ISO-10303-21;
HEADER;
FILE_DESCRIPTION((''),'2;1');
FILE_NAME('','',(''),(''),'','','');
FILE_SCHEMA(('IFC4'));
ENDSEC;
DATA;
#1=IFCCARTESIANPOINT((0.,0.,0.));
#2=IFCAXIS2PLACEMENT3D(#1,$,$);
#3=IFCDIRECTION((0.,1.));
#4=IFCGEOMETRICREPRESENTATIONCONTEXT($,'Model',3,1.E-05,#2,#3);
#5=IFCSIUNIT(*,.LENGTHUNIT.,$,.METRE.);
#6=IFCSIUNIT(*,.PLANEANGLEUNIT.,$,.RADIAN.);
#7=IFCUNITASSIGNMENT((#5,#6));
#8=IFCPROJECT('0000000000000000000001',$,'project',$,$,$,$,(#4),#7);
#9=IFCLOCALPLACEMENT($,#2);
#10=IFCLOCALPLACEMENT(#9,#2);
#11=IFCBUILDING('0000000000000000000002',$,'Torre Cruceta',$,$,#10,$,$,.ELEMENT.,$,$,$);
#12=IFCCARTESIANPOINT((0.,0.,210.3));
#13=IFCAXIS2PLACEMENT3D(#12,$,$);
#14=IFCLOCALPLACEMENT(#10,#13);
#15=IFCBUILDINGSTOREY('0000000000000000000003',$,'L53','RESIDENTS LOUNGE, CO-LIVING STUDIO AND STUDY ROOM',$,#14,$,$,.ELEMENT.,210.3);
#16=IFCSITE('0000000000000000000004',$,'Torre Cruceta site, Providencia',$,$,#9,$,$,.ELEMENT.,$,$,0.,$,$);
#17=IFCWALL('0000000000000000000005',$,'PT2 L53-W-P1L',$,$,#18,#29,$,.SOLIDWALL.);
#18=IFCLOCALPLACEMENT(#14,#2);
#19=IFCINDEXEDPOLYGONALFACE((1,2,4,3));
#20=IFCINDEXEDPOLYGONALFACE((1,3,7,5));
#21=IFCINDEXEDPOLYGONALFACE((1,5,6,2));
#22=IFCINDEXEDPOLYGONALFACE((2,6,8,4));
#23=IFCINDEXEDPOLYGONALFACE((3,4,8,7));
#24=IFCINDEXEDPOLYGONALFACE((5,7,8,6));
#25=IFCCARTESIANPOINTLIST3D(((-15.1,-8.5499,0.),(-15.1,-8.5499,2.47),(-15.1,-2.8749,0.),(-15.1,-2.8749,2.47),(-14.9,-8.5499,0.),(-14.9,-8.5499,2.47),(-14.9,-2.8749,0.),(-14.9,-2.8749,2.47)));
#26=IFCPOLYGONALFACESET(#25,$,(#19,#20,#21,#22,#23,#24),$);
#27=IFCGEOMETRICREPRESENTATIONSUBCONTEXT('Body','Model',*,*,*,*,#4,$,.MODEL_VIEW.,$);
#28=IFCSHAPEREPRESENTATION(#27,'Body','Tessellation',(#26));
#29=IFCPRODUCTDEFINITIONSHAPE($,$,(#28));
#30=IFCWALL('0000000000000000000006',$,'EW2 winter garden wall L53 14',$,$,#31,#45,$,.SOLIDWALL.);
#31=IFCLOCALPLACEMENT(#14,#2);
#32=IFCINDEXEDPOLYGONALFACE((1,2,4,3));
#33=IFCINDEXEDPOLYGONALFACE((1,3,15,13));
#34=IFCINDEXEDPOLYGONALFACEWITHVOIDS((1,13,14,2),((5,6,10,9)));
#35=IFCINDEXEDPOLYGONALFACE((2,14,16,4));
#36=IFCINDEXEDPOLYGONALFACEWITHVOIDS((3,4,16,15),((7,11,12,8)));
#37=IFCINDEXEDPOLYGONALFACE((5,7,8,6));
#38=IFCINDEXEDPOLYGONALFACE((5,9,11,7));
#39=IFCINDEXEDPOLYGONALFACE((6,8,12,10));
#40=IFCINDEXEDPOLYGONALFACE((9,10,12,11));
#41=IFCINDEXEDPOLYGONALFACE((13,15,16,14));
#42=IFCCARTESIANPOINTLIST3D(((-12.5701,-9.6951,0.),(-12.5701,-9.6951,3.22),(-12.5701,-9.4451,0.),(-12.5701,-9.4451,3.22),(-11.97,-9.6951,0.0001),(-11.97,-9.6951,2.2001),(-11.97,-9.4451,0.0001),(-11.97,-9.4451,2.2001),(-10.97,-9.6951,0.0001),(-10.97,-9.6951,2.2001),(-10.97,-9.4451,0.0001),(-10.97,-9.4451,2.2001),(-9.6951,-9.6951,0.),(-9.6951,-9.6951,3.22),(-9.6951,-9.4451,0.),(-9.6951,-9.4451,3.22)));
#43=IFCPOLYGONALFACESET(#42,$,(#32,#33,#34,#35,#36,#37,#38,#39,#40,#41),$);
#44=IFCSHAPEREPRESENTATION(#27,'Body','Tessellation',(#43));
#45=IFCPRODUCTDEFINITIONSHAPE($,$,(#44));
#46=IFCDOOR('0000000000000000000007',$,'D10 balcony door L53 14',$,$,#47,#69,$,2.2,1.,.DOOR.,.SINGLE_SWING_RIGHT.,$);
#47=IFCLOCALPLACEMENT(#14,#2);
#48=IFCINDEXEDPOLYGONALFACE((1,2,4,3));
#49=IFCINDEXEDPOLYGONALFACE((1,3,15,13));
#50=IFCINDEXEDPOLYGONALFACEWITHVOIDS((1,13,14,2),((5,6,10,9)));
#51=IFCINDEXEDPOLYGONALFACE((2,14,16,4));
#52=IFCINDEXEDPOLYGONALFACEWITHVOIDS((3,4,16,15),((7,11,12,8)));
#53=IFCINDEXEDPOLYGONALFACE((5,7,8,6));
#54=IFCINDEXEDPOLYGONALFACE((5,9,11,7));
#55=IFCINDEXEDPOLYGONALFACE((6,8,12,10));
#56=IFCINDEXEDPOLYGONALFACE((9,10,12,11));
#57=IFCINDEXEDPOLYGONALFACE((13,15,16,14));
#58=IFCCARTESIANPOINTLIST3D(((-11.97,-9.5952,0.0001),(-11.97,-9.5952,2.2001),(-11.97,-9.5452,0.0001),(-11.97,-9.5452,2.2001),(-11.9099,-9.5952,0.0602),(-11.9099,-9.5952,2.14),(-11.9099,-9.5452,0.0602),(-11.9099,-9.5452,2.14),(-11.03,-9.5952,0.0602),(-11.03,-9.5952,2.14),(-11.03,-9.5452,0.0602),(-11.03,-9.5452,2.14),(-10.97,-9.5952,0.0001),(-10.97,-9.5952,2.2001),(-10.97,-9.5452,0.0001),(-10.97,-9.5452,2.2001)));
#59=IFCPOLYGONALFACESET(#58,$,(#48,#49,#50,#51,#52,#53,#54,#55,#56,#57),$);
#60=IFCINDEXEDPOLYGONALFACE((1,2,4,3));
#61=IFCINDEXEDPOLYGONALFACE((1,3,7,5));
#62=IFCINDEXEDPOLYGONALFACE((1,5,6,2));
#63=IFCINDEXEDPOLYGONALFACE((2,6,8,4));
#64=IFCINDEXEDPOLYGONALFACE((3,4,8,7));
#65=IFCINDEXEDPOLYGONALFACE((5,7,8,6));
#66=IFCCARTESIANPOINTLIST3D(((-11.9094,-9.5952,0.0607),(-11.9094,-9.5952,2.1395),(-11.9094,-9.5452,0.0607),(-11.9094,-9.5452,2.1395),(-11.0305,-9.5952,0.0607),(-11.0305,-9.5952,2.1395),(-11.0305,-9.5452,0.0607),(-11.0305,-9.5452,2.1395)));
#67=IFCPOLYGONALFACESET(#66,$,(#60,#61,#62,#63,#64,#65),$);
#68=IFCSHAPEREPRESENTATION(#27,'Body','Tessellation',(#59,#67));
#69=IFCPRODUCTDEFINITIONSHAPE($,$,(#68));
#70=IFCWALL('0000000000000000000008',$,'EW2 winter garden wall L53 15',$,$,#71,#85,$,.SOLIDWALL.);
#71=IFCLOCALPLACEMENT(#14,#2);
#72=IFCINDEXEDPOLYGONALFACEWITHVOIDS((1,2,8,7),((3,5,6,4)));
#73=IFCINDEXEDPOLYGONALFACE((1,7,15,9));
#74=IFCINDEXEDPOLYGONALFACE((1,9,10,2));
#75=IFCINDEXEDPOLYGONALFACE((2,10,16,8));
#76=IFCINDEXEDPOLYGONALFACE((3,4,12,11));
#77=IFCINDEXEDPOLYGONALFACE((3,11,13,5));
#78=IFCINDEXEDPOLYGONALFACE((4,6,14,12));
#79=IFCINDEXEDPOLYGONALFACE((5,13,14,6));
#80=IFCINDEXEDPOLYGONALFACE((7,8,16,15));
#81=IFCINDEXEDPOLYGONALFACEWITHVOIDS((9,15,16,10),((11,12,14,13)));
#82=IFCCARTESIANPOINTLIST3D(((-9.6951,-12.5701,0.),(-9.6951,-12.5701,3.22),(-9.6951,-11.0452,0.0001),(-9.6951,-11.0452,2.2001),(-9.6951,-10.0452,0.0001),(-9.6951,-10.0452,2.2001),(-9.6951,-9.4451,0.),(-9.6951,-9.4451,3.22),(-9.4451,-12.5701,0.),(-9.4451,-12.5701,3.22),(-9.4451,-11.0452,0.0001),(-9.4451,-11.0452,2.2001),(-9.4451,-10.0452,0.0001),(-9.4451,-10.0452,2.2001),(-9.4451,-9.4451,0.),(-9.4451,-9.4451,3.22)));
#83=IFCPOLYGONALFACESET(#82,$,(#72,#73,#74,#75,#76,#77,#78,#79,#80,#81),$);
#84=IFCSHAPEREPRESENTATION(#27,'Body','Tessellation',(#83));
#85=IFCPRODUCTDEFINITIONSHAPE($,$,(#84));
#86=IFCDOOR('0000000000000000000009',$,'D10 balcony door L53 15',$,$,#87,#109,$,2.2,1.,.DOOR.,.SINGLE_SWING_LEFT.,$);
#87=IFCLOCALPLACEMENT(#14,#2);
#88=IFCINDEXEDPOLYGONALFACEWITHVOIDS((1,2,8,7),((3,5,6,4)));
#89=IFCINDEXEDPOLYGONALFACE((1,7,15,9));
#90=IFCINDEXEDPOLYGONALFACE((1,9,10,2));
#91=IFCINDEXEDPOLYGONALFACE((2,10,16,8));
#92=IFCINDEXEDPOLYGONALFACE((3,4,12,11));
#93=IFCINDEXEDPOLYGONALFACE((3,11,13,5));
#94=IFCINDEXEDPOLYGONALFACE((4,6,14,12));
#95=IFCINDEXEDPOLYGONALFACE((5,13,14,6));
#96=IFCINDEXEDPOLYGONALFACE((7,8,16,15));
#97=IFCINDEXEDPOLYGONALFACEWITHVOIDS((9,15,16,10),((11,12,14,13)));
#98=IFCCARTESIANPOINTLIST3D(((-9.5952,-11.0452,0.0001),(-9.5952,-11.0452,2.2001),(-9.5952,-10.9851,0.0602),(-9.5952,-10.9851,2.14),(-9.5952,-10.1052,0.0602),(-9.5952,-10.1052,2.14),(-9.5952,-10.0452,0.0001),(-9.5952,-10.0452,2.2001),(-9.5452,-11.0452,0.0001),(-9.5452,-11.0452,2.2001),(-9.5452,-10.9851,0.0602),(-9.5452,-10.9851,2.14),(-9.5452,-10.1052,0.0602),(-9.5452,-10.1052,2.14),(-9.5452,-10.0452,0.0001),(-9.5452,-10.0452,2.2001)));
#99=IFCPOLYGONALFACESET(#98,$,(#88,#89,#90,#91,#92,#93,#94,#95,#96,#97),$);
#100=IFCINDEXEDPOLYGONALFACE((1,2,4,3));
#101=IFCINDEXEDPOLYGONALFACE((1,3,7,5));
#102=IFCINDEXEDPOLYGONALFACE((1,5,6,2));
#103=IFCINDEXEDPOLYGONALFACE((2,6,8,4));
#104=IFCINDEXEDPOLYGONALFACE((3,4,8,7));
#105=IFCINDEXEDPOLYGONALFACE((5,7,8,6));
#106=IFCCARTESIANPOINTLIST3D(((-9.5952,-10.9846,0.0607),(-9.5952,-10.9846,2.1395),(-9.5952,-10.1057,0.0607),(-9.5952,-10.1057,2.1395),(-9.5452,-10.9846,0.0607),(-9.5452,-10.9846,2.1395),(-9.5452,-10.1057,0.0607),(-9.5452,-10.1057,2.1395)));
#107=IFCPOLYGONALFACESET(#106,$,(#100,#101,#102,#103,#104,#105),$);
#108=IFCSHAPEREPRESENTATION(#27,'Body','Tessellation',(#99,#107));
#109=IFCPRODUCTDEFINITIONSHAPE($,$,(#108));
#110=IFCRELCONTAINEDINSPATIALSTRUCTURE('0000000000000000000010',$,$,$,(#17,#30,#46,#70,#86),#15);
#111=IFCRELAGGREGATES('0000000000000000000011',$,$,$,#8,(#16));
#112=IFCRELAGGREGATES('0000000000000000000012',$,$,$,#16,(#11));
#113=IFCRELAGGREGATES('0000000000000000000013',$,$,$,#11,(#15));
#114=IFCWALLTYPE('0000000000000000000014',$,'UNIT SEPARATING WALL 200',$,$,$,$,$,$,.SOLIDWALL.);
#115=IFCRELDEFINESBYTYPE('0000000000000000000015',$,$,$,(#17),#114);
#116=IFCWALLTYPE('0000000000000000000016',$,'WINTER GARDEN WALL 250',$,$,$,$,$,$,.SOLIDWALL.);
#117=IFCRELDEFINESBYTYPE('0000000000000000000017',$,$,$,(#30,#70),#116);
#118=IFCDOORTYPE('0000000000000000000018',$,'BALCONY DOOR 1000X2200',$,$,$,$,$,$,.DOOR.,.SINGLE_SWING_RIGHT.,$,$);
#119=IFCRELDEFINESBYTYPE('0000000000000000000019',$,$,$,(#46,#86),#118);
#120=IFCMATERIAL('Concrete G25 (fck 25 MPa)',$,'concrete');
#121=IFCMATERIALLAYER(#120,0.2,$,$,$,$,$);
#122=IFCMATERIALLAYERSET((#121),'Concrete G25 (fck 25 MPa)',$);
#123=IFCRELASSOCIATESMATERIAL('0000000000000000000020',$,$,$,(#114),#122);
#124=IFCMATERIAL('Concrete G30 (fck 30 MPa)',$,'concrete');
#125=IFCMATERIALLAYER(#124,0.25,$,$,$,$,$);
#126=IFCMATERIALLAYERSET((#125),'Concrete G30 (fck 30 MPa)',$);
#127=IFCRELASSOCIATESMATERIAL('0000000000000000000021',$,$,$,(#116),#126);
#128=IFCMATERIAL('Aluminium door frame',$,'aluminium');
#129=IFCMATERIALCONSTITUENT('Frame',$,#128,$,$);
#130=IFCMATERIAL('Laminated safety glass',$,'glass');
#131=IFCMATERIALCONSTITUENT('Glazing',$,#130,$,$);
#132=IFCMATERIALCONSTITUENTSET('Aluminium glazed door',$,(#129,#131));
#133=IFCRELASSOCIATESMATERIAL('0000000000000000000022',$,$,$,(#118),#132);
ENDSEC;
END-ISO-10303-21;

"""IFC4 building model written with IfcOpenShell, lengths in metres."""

from ifc_helpers import new_model, si_unit, direction, frame, frame_2d, origin, place, context, subcontext, project, spatial, rectangle, hollow_rectangle, extrude, material, layer, layer_set, constituent, constituent_set, type_object, element, fill, save


model = new_model("IFC4")

# Units and contexts
model_context = context("Model", 3, precision=1e-05, world=origin(), true_north=direction((0.0, 1.0)))
body_context = subcontext(model_context, "Body", "Model", "MODEL_VIEW")
ifc_project = project(units=[si_unit("LENGTHUNIT", "METRE"), si_unit("PLANEANGLEUNIT", "RADIAN")], contexts=[model_context])

# Site, building, storey
site_placement = place(None, origin())
site = spatial("IfcSite", under=ifc_project, at=site_placement, Name="Torre Cruceta site, Providencia", CompositionType="ELEMENT", RefElevation=0.0)
building_placement = place(site_placement, origin())
building = spatial("IfcBuilding", under=site, at=building_placement, Name="Torre Cruceta", CompositionType="ELEMENT")
storey_placement = place(building_placement, frame((0.0, 0.0, 210.3)))
storey = spatial("IfcBuildingStorey", under=building, at=storey_placement, Name="L53", Description="RESIDENTS LOUNGE, CO-LIVING STUDIO AND STUDY ROOM", CompositionType="ELEMENT", Elevation=210.3)

# Wall
ifc_material_1 = material(Name="Concrete G25 (fck 25 MPa)", Category="concrete")
ifc_layer_1 = layer(ifc_material_1, 0.2)
ifc_layer_set_1 = layer_set([ifc_layer_1], Name="Concrete G25 (fck 25 MPa)")
wall_type_1 = type_object("IfcWallType", Name="UNIT SEPARATING WALL 200", PredefinedType="SOLIDWALL", material=ifc_layer_set_1)
wall_1_placement = place(storey_placement, frame((-15.0, -2.875, 0.0), z_axis=(0.0, 0.0, 1.0), x_axis=(0.0, -1.0, 0.0)))
element("IfcWall", 1, at=wall_1_placement, inside=storey, type_object=wall_type_1, Name="PT2 L53-W-P1L", PredefinedType="SOLIDWALL", context=body_context, shape_type="SweptSolid", body=[
    extrude(rectangle(XDim=5.675, YDim=0.2, at=frame_2d((2.8374, 0.0))), origin(), (0.0, 0.0, 1.0), 2.47),
])

# Walls, openings, doors
ifc_material_2 = material(Name="Concrete G30 (fck 30 MPa)", Category="concrete")
ifc_layer_2 = layer(ifc_material_2, 0.25)
ifc_layer_set_2 = layer_set([ifc_layer_2], Name="Concrete G30 (fck 30 MPa)")
wall_type_2 = type_object("IfcWallType", Name="WINTER GARDEN WALL 250", PredefinedType="SOLIDWALL", material=ifc_layer_set_2)
wall_2_placement = place(storey_placement, frame((-12.5701, -9.5701, 0.0), z_axis=(0.0, 0.0, 1.0), x_axis=(1.0, 0.0, 0.0)))
wall_2 = element("IfcWall", 2, at=wall_2_placement, inside=storey, type_object=wall_type_2, Name="EW2 winter garden wall L53 14", PredefinedType="SOLIDWALL", context=body_context, shape_type="SweptSolid", body=[
    extrude(rectangle(XDim=2.875, YDim=0.25, at=frame_2d((1.4375, 0.0))), origin(), (0.0, 0.0, 1.0), 3.22),
])
opening_1_placement = place(wall_2_placement, frame((0.6001, 0.0, 0.0)))
opening_1 = element("IfcOpeningElement", 3, at=opening_1_placement, cuts=wall_2, PredefinedType="OPENING", context=body_context, shape_type="SweptSolid", body=[
    extrude(rectangle(XDim=1.0, YDim=2.2, at=frame_2d((0.5, 1.1001))), frame((0.0, 0.135, 0.0), z_axis=(0.0, -1.0, 0.0), x_axis=(1.0, 0.0, 0.0)), (0.0, 0.0, 1.0), 0.27),
])
ifc_material_3 = material(Name="Aluminium door frame", Category="aluminium")
ifc_constituent_1 = constituent(ifc_material_3, Name="Frame")
ifc_material_4 = material(Name="Laminated safety glass", Category="glass")
ifc_constituent_2 = constituent(ifc_material_4, Name="Glazing")
ifc_constituent_set_1 = constituent_set(constituents=[ifc_constituent_1, ifc_constituent_2], Name="Aluminium glazed door")
door_type_1 = type_object("IfcDoorType", Name="BALCONY DOOR 1000X2200", OperationType="SINGLE_SWING_RIGHT", PredefinedType="DOOR", material=ifc_constituent_set_1)
door_1_placement = place(opening_1_placement, origin())
door_1 = element("IfcDoor", 4, at=door_1_placement, inside=storey, type_object=door_type_1, Name="D10 balcony door L53 14", OperationType="SINGLE_SWING_RIGHT", OverallHeight=2.2, OverallWidth=1.0, PredefinedType="DOOR", context=body_context, shape_type="SweptSolid", body=[
    extrude(hollow_rectangle(XDim=1.0, YDim=2.2, WallThickness=0.0601, at=frame_2d((0.5, 1.1001))), frame((0.0, 0.0249, 0.0), z_axis=(0.0, -1.0, 0.0), x_axis=(1.0, 0.0, 0.0)), (0.0, 0.0, 1.0), 0.05),
    extrude(rectangle(XDim=0.8789, YDim=2.0789, at=frame_2d((0.5, 1.1001))), frame((0.0, 0.0249, 0.0), z_axis=(0.0, -1.0, 0.0), x_axis=(1.0, 0.0, 0.0)), (0.0, 0.0, 1.0), 0.05),
])
fill(opening_1, door_1)
wall_3_placement = place(storey_placement, frame((-9.5701, -9.4451, 0.0), z_axis=(0.0, 0.0, 1.0), x_axis=(0.0, -1.0, 0.0)))
wall_3 = element("IfcWall", 5, at=wall_3_placement, inside=storey, type_object=wall_type_2, Name="EW2 winter garden wall L53 15", PredefinedType="SOLIDWALL", context=body_context, shape_type="SweptSolid", body=[
    extrude(rectangle(XDim=3.125, YDim=0.25, at=frame_2d((1.5625, 0.0))), origin(), (0.0, 0.0, 1.0), 3.22),
])
opening_2_placement = place(wall_3_placement, frame((0.6001, 0.0, 0.0)))
opening_2 = element("IfcOpeningElement", 6, at=opening_2_placement, cuts=wall_3, PredefinedType="OPENING", context=body_context, shape_type="SweptSolid", body=[
    extrude(rectangle(XDim=1.0, YDim=2.2, at=frame_2d((0.5, 1.1001))), frame((0.0, 0.135, 0.0), z_axis=(0.0, -1.0, 0.0), x_axis=(1.0, 0.0, 0.0)), (0.0, 0.0, 1.0), 0.27),
])
door_2_placement = place(opening_2_placement, origin())
door_2 = element("IfcDoor", 7, at=door_2_placement, inside=storey, type_object=door_type_1, Name="D10 balcony door L53 15", OperationType="SINGLE_SWING_LEFT", OverallHeight=2.2, OverallWidth=1.0, PredefinedType="DOOR", context=body_context, shape_type="SweptSolid", body=[
    extrude(hollow_rectangle(XDim=1.0, YDim=2.2, WallThickness=0.0601, at=frame_2d((0.5, 1.1001))), frame((0.0, 0.0249, 0.0), z_axis=(0.0, -1.0, 0.0), x_axis=(1.0, 0.0, 0.0)), (0.0, 0.0, 1.0), 0.05),
    extrude(rectangle(XDim=0.8789, YDim=2.0789, at=frame_2d((0.5, 1.1001))), frame((0.0, 0.0249, 0.0), z_axis=(0.0, -1.0, 0.0), x_axis=(1.0, 0.0, 0.0)), (0.0, 0.0, 1.0), 0.05),
])
fill(opening_2, door_2)

save(model, "model.ifc")
